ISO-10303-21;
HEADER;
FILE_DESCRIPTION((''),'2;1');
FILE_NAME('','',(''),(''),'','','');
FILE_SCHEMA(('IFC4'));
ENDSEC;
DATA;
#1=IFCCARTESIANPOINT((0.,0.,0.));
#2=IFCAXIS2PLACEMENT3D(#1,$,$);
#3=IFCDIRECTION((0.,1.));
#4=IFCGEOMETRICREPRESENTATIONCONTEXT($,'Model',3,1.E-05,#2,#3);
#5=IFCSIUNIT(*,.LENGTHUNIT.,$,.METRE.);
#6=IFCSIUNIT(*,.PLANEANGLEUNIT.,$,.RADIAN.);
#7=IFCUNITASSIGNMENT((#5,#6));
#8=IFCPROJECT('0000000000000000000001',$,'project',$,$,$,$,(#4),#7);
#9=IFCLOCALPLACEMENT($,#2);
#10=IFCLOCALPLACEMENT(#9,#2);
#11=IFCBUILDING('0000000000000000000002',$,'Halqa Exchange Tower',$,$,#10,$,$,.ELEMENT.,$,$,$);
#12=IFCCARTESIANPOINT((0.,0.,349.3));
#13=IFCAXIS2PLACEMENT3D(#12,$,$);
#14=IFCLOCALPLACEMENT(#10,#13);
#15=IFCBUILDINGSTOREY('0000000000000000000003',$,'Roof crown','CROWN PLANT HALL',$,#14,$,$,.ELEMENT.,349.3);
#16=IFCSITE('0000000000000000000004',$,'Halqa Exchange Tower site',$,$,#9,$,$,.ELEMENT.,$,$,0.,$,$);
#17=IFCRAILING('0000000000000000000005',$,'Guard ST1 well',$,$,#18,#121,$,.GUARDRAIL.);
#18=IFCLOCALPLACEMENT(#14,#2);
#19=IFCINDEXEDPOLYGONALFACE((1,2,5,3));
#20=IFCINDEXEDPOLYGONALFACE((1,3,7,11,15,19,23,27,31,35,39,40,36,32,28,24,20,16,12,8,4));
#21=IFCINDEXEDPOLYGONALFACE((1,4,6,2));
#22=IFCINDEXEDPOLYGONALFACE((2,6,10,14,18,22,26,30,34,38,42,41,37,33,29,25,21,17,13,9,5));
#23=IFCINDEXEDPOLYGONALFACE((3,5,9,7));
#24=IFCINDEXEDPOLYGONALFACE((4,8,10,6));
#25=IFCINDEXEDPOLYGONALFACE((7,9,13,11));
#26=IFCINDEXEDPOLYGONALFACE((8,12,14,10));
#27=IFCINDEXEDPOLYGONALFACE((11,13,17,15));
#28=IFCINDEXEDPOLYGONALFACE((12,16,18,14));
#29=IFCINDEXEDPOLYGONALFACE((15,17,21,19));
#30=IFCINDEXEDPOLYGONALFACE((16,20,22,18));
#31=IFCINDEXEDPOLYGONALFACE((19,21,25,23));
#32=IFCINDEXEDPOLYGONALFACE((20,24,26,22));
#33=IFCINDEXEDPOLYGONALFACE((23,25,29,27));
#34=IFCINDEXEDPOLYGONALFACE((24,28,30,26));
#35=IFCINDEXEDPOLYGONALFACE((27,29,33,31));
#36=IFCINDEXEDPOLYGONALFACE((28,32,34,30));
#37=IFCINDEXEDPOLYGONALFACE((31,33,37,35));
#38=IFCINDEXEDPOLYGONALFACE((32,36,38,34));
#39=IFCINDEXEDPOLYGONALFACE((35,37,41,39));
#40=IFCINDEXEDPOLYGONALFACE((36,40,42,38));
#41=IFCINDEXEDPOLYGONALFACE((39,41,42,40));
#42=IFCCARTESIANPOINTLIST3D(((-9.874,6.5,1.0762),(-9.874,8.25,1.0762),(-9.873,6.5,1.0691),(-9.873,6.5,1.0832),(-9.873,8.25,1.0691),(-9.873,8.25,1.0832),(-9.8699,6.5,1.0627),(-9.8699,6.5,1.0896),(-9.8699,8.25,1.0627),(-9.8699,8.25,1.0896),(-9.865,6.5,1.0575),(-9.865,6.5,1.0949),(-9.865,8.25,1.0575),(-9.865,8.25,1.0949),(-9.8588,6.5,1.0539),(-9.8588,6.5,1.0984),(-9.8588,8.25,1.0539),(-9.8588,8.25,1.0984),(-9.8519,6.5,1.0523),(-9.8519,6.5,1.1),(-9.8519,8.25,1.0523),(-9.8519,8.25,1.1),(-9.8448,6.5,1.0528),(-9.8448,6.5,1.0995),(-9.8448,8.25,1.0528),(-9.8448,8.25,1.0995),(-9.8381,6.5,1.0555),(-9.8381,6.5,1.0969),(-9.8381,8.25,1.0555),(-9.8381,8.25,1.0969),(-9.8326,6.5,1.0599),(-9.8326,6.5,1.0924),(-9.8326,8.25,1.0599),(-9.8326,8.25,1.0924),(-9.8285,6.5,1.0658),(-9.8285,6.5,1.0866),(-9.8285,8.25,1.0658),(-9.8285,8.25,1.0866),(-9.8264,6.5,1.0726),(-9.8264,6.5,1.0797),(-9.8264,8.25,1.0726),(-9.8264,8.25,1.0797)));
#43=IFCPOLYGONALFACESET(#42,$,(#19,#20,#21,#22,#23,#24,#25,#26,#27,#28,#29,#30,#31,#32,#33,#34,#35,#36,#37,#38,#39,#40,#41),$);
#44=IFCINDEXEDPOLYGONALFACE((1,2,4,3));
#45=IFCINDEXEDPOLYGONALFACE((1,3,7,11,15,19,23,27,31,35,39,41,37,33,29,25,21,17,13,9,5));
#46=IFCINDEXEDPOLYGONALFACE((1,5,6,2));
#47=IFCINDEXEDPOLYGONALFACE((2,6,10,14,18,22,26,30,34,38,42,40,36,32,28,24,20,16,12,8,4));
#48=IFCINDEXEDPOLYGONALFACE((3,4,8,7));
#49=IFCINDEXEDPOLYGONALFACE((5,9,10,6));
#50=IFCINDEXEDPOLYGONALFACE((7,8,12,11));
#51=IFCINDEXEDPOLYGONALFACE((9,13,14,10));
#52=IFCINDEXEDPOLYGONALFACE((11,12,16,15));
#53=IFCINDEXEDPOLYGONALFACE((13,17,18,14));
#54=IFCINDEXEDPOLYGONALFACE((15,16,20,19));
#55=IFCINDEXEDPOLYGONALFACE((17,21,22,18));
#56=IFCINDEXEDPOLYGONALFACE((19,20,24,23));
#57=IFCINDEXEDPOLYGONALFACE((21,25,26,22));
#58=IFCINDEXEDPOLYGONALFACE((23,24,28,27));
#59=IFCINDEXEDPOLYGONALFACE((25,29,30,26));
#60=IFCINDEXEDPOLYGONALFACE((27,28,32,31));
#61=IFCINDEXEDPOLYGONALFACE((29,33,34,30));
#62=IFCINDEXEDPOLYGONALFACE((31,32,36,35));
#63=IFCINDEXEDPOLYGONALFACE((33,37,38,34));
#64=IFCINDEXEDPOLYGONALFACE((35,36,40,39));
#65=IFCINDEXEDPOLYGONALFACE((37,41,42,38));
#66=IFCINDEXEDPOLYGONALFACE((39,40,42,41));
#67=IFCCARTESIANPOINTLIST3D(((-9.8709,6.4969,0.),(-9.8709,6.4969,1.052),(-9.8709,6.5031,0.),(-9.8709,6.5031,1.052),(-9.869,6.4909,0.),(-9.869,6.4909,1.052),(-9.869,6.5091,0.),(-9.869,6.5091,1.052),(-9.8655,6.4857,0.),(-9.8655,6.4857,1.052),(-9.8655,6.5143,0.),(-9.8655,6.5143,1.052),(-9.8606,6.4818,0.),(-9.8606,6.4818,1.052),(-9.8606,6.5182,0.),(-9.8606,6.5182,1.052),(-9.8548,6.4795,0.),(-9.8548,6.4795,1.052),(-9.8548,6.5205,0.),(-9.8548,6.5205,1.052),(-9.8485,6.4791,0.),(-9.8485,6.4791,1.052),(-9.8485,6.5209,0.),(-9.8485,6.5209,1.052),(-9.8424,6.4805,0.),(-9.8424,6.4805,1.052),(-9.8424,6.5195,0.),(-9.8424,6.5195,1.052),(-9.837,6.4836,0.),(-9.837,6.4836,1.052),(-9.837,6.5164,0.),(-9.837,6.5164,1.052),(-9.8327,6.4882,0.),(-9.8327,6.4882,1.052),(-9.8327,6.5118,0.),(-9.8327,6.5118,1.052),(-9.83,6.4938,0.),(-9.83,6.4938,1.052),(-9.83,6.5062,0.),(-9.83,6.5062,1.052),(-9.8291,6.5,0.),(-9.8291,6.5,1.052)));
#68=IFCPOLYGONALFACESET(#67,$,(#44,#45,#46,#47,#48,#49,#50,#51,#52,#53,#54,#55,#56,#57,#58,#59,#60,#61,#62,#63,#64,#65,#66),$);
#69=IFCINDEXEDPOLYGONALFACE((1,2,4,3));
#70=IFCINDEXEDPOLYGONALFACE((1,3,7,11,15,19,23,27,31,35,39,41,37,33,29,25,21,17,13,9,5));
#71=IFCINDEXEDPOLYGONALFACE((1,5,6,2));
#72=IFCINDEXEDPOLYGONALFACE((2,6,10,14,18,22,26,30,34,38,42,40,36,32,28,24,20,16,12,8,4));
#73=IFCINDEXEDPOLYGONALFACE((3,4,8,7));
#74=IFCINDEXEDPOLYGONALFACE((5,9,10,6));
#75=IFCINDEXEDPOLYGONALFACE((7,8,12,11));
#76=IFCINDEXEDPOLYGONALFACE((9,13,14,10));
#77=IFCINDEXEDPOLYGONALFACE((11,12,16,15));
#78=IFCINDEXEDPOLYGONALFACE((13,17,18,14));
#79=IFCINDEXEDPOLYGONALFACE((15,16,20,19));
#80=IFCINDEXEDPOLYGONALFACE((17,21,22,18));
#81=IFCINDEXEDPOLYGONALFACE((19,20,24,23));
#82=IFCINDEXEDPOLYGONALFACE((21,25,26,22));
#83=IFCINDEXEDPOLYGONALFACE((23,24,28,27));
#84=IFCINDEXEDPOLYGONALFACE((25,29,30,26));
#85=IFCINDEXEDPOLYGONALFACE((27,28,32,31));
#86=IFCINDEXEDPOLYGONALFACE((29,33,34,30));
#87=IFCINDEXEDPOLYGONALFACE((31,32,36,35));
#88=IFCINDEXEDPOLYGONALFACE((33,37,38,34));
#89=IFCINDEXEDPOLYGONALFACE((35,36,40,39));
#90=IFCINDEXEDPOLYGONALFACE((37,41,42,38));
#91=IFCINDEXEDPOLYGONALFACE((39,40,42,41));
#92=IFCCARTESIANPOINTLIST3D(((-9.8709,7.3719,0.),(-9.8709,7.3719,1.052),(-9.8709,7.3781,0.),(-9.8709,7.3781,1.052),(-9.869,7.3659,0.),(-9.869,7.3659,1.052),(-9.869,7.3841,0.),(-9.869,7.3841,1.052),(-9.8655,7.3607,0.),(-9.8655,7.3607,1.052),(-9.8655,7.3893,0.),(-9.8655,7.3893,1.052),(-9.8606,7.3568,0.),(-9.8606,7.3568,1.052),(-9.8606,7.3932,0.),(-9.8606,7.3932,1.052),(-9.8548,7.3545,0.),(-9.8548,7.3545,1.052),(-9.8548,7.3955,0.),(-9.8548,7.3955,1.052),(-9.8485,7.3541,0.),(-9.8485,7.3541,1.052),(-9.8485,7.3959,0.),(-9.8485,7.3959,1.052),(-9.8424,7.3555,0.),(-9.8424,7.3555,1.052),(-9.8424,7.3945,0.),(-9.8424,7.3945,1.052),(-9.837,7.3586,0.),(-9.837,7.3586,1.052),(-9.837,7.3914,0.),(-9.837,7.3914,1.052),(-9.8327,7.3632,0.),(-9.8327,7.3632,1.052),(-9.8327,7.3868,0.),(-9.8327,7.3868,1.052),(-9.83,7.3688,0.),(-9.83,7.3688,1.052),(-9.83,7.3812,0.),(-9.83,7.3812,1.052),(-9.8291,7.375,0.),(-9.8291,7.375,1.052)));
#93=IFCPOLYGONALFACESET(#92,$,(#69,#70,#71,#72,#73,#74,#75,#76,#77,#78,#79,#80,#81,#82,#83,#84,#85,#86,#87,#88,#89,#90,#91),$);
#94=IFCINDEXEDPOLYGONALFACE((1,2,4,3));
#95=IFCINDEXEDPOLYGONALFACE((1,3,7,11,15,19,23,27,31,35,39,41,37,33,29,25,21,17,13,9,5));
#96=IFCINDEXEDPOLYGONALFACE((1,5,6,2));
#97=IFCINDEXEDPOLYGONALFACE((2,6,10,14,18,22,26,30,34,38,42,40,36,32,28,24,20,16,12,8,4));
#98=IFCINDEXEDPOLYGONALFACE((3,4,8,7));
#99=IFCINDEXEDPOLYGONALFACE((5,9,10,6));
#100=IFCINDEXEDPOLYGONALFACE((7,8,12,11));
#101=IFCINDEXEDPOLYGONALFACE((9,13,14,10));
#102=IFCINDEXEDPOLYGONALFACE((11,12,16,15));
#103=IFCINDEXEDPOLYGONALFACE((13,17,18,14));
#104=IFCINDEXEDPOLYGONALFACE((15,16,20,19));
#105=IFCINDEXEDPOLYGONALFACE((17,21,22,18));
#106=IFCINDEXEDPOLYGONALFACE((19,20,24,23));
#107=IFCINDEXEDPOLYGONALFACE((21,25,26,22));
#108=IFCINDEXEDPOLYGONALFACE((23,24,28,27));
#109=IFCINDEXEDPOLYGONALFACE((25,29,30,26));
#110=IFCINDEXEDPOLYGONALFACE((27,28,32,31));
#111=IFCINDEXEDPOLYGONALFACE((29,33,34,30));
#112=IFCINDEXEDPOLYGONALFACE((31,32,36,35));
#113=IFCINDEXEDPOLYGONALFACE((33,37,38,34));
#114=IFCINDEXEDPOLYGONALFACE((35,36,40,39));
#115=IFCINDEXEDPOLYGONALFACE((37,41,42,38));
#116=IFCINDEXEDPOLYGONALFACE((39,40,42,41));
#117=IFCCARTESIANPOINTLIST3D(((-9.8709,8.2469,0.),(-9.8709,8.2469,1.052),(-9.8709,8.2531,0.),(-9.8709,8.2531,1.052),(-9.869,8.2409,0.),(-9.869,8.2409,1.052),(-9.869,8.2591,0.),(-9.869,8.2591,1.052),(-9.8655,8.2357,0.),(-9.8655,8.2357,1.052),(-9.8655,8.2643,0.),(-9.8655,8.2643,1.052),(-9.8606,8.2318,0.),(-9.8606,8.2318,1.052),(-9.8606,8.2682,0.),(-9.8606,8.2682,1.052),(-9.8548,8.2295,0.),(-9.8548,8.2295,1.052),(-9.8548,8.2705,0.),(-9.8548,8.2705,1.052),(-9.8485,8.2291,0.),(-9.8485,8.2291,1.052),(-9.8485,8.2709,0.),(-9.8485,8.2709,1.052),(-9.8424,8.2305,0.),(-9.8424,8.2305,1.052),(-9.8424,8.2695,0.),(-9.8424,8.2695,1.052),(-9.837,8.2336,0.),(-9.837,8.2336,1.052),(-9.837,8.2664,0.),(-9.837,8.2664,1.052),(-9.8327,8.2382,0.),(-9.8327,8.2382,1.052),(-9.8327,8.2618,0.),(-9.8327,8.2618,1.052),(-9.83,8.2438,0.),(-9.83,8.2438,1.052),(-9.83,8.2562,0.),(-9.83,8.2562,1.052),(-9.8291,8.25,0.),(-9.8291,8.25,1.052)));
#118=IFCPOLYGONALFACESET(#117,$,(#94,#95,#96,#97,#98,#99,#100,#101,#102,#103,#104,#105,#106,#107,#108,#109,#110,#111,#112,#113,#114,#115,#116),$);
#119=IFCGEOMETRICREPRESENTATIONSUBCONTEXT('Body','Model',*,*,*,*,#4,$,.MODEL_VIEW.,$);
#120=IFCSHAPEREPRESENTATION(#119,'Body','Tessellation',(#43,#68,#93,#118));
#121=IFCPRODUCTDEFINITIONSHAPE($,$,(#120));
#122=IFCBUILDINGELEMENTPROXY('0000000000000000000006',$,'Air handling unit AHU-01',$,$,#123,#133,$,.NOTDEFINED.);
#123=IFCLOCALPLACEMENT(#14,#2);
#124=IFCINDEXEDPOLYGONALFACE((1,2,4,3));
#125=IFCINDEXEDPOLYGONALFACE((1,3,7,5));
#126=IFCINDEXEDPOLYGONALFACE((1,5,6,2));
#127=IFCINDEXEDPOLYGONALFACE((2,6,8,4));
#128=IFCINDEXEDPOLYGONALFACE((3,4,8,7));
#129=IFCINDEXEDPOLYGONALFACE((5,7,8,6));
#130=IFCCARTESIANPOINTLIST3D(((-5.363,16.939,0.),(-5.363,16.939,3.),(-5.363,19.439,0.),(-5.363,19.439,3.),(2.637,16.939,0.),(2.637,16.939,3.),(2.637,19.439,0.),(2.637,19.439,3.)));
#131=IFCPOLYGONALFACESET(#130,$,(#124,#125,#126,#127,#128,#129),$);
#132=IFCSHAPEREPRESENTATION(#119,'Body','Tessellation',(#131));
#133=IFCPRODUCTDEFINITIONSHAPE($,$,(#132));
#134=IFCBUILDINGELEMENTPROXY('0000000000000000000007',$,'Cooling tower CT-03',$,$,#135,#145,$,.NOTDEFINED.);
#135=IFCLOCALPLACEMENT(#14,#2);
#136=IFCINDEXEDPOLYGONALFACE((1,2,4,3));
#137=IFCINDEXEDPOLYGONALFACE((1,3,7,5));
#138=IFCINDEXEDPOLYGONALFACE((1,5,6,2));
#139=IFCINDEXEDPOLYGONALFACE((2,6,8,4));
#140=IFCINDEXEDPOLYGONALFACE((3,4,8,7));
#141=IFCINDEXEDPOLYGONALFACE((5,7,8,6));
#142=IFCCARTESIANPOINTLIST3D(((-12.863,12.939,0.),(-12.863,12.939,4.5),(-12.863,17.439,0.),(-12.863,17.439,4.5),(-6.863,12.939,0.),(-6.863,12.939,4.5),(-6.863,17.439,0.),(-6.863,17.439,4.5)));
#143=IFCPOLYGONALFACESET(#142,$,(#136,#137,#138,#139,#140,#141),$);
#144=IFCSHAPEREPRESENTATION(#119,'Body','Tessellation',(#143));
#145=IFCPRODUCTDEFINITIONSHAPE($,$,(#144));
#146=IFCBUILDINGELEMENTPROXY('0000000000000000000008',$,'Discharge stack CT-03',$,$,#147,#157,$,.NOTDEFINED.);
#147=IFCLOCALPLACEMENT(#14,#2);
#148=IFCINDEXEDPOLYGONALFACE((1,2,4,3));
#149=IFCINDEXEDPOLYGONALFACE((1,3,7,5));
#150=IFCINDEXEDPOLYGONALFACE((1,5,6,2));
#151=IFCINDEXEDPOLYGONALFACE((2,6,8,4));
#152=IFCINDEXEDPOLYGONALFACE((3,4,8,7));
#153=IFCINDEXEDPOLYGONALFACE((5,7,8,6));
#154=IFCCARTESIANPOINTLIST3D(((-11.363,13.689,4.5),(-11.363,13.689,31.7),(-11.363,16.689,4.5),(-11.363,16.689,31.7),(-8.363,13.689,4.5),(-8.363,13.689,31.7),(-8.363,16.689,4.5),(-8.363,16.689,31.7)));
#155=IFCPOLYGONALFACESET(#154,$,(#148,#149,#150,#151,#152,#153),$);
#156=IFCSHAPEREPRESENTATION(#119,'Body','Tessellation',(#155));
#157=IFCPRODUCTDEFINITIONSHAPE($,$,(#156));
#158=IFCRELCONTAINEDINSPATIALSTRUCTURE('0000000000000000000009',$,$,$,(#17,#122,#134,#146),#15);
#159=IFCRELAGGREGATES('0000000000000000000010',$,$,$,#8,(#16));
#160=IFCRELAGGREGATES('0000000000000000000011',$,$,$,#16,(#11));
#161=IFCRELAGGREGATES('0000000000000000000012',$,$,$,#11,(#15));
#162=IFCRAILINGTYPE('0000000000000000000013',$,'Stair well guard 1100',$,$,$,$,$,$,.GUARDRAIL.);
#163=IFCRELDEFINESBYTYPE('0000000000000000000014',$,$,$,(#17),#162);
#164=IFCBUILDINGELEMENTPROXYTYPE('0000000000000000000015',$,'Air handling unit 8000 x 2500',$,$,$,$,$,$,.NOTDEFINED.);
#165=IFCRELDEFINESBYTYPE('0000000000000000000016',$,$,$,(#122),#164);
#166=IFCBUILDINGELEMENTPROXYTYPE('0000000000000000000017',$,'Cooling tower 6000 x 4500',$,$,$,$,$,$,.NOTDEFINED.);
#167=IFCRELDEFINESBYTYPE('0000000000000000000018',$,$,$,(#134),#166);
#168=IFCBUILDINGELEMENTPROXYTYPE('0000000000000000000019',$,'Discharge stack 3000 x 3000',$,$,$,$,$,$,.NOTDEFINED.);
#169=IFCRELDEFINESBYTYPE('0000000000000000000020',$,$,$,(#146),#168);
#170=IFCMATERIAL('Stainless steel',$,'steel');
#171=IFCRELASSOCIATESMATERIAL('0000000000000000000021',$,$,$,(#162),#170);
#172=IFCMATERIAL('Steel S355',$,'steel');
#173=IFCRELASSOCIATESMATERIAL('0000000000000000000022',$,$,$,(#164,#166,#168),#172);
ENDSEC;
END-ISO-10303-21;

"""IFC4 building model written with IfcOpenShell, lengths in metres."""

from ifc_helpers import new_model, si_unit, direction, frame, origin, origin_2d, place, context, subcontext, project, spatial, rectangle, circle, extrude, material, type_object, element, save


model = new_model("IFC4")

# Units and contexts
model_context = context("Model", 3, precision=1e-05, world=origin(), true_north=direction((0.0, 1.0)))
body_context = subcontext(model_context, "Body", "Model", "MODEL_VIEW")
ifc_project = project(units=[si_unit("LENGTHUNIT", "METRE"), si_unit("PLANEANGLEUNIT", "RADIAN")], contexts=[model_context])

# Site, building, storey
site_placement = place(None, origin())
site = spatial("IfcSite", under=ifc_project, at=site_placement, Name="Halqa Exchange Tower site", CompositionType="ELEMENT", RefElevation=0.0)
building_placement = place(site_placement, origin())
building = spatial("IfcBuilding", under=site, at=building_placement, Name="Halqa Exchange Tower", CompositionType="ELEMENT")
storey_placement = place(building_placement, frame((0.0, 0.0, 349.3)))
storey = spatial("IfcBuildingStorey", under=building, at=storey_placement, Name="Roof crown", Description="CROWN PLANT HALL", CompositionType="ELEMENT", Elevation=349.3)

# Shared definitions
ifc_material_1 = material(Name="Steel S355", Category="steel")

# Railing
ifc_material_2 = material(Name="Stainless steel", Category="steel")
railing_type = type_object("IfcRailingType", Name="Stair well guard 1100", PredefinedType="GUARDRAIL", material=ifc_material_2)
railing_placement = place(storey_placement, frame((-9.8501, 6.5, 0.0)))
element("IfcRailing", 1, at=railing_placement, inside=storey, type_object=railing_type, Name="Guard ST1 well", PredefinedType="GUARDRAIL", context=body_context, shape_type="SweptSolid", body=[
    extrude(circle(Radius=0.0239, at=origin_2d()), frame((0.0, 0.0, 1.0762), z_axis=(0.0, 1.0, 0.0), x_axis=(-1.0, 0.0, 0.0)), (0.0, 0.0, 1.0), 1.75),
    extrude(circle(Radius=0.021, at=origin_2d()), origin(), (0.0, 0.0, 1.0), 1.052),
    extrude(circle(Radius=0.021, at=origin_2d()), frame((0.0, 0.875, 0.0)), (0.0, 0.0, 1.0), 1.052),
    extrude(circle(Radius=0.021, at=origin_2d()), frame((0.0, 1.75, 0.0)), (0.0, 0.0, 1.0), 1.052),
])

# Building element proxies
building_element_proxy_type_1 = type_object("IfcBuildingElementProxyType", Name="Air handling unit 8000 x 2500", PredefinedType="NOTDEFINED", material=ifc_material_1)
proxy_1_placement = place(storey_placement, frame((-1.363, 18.189, 0.0), z_axis=(0.0, 0.0, 1.0), x_axis=(1.0, 0.0, 0.0)))
element("IfcBuildingElementProxy", 2, at=proxy_1_placement, inside=storey, type_object=building_element_proxy_type_1, Name="Air handling unit AHU-01", PredefinedType="NOTDEFINED", context=body_context, shape_type="SweptSolid", body=[
    extrude(rectangle(XDim=8.0, YDim=2.5, at=origin_2d()), origin(), (0.0, 0.0, 1.0), 3.0),
])
building_element_proxy_type_2 = type_object("IfcBuildingElementProxyType", Name="Cooling tower 6000 x 4500", PredefinedType="NOTDEFINED", material=ifc_material_1)
proxy_2_placement = place(storey_placement, frame((-9.863, 15.189, 0.0), z_axis=(0.0, 0.0, 1.0), x_axis=(1.0, 0.0, 0.0)))
element("IfcBuildingElementProxy", 3, at=proxy_2_placement, inside=storey, type_object=building_element_proxy_type_2, Name="Cooling tower CT-03", PredefinedType="NOTDEFINED", context=body_context, shape_type="SweptSolid", body=[
    extrude(rectangle(XDim=6.0, YDim=4.5, at=origin_2d()), origin(), (0.0, 0.0, 1.0), 4.5),
])
building_element_proxy_type_3 = type_object("IfcBuildingElementProxyType", Name="Discharge stack 3000 x 3000", PredefinedType="NOTDEFINED", material=ifc_material_1)
proxy_3_placement = place(storey_placement, frame((-9.863, 15.189, 4.5), z_axis=(0.0, 0.0, 1.0), x_axis=(1.0, 0.0, 0.0)))
element("IfcBuildingElementProxy", 4, at=proxy_3_placement, inside=storey, type_object=building_element_proxy_type_3, Name="Discharge stack CT-03", PredefinedType="NOTDEFINED", context=body_context, shape_type="SweptSolid", body=[
    extrude(rectangle(XDim=3.0, YDim=3.0, at=origin_2d()), origin(), (0.0, 0.0, 1.0), 27.2),
])

save(model, "model.ifc")
